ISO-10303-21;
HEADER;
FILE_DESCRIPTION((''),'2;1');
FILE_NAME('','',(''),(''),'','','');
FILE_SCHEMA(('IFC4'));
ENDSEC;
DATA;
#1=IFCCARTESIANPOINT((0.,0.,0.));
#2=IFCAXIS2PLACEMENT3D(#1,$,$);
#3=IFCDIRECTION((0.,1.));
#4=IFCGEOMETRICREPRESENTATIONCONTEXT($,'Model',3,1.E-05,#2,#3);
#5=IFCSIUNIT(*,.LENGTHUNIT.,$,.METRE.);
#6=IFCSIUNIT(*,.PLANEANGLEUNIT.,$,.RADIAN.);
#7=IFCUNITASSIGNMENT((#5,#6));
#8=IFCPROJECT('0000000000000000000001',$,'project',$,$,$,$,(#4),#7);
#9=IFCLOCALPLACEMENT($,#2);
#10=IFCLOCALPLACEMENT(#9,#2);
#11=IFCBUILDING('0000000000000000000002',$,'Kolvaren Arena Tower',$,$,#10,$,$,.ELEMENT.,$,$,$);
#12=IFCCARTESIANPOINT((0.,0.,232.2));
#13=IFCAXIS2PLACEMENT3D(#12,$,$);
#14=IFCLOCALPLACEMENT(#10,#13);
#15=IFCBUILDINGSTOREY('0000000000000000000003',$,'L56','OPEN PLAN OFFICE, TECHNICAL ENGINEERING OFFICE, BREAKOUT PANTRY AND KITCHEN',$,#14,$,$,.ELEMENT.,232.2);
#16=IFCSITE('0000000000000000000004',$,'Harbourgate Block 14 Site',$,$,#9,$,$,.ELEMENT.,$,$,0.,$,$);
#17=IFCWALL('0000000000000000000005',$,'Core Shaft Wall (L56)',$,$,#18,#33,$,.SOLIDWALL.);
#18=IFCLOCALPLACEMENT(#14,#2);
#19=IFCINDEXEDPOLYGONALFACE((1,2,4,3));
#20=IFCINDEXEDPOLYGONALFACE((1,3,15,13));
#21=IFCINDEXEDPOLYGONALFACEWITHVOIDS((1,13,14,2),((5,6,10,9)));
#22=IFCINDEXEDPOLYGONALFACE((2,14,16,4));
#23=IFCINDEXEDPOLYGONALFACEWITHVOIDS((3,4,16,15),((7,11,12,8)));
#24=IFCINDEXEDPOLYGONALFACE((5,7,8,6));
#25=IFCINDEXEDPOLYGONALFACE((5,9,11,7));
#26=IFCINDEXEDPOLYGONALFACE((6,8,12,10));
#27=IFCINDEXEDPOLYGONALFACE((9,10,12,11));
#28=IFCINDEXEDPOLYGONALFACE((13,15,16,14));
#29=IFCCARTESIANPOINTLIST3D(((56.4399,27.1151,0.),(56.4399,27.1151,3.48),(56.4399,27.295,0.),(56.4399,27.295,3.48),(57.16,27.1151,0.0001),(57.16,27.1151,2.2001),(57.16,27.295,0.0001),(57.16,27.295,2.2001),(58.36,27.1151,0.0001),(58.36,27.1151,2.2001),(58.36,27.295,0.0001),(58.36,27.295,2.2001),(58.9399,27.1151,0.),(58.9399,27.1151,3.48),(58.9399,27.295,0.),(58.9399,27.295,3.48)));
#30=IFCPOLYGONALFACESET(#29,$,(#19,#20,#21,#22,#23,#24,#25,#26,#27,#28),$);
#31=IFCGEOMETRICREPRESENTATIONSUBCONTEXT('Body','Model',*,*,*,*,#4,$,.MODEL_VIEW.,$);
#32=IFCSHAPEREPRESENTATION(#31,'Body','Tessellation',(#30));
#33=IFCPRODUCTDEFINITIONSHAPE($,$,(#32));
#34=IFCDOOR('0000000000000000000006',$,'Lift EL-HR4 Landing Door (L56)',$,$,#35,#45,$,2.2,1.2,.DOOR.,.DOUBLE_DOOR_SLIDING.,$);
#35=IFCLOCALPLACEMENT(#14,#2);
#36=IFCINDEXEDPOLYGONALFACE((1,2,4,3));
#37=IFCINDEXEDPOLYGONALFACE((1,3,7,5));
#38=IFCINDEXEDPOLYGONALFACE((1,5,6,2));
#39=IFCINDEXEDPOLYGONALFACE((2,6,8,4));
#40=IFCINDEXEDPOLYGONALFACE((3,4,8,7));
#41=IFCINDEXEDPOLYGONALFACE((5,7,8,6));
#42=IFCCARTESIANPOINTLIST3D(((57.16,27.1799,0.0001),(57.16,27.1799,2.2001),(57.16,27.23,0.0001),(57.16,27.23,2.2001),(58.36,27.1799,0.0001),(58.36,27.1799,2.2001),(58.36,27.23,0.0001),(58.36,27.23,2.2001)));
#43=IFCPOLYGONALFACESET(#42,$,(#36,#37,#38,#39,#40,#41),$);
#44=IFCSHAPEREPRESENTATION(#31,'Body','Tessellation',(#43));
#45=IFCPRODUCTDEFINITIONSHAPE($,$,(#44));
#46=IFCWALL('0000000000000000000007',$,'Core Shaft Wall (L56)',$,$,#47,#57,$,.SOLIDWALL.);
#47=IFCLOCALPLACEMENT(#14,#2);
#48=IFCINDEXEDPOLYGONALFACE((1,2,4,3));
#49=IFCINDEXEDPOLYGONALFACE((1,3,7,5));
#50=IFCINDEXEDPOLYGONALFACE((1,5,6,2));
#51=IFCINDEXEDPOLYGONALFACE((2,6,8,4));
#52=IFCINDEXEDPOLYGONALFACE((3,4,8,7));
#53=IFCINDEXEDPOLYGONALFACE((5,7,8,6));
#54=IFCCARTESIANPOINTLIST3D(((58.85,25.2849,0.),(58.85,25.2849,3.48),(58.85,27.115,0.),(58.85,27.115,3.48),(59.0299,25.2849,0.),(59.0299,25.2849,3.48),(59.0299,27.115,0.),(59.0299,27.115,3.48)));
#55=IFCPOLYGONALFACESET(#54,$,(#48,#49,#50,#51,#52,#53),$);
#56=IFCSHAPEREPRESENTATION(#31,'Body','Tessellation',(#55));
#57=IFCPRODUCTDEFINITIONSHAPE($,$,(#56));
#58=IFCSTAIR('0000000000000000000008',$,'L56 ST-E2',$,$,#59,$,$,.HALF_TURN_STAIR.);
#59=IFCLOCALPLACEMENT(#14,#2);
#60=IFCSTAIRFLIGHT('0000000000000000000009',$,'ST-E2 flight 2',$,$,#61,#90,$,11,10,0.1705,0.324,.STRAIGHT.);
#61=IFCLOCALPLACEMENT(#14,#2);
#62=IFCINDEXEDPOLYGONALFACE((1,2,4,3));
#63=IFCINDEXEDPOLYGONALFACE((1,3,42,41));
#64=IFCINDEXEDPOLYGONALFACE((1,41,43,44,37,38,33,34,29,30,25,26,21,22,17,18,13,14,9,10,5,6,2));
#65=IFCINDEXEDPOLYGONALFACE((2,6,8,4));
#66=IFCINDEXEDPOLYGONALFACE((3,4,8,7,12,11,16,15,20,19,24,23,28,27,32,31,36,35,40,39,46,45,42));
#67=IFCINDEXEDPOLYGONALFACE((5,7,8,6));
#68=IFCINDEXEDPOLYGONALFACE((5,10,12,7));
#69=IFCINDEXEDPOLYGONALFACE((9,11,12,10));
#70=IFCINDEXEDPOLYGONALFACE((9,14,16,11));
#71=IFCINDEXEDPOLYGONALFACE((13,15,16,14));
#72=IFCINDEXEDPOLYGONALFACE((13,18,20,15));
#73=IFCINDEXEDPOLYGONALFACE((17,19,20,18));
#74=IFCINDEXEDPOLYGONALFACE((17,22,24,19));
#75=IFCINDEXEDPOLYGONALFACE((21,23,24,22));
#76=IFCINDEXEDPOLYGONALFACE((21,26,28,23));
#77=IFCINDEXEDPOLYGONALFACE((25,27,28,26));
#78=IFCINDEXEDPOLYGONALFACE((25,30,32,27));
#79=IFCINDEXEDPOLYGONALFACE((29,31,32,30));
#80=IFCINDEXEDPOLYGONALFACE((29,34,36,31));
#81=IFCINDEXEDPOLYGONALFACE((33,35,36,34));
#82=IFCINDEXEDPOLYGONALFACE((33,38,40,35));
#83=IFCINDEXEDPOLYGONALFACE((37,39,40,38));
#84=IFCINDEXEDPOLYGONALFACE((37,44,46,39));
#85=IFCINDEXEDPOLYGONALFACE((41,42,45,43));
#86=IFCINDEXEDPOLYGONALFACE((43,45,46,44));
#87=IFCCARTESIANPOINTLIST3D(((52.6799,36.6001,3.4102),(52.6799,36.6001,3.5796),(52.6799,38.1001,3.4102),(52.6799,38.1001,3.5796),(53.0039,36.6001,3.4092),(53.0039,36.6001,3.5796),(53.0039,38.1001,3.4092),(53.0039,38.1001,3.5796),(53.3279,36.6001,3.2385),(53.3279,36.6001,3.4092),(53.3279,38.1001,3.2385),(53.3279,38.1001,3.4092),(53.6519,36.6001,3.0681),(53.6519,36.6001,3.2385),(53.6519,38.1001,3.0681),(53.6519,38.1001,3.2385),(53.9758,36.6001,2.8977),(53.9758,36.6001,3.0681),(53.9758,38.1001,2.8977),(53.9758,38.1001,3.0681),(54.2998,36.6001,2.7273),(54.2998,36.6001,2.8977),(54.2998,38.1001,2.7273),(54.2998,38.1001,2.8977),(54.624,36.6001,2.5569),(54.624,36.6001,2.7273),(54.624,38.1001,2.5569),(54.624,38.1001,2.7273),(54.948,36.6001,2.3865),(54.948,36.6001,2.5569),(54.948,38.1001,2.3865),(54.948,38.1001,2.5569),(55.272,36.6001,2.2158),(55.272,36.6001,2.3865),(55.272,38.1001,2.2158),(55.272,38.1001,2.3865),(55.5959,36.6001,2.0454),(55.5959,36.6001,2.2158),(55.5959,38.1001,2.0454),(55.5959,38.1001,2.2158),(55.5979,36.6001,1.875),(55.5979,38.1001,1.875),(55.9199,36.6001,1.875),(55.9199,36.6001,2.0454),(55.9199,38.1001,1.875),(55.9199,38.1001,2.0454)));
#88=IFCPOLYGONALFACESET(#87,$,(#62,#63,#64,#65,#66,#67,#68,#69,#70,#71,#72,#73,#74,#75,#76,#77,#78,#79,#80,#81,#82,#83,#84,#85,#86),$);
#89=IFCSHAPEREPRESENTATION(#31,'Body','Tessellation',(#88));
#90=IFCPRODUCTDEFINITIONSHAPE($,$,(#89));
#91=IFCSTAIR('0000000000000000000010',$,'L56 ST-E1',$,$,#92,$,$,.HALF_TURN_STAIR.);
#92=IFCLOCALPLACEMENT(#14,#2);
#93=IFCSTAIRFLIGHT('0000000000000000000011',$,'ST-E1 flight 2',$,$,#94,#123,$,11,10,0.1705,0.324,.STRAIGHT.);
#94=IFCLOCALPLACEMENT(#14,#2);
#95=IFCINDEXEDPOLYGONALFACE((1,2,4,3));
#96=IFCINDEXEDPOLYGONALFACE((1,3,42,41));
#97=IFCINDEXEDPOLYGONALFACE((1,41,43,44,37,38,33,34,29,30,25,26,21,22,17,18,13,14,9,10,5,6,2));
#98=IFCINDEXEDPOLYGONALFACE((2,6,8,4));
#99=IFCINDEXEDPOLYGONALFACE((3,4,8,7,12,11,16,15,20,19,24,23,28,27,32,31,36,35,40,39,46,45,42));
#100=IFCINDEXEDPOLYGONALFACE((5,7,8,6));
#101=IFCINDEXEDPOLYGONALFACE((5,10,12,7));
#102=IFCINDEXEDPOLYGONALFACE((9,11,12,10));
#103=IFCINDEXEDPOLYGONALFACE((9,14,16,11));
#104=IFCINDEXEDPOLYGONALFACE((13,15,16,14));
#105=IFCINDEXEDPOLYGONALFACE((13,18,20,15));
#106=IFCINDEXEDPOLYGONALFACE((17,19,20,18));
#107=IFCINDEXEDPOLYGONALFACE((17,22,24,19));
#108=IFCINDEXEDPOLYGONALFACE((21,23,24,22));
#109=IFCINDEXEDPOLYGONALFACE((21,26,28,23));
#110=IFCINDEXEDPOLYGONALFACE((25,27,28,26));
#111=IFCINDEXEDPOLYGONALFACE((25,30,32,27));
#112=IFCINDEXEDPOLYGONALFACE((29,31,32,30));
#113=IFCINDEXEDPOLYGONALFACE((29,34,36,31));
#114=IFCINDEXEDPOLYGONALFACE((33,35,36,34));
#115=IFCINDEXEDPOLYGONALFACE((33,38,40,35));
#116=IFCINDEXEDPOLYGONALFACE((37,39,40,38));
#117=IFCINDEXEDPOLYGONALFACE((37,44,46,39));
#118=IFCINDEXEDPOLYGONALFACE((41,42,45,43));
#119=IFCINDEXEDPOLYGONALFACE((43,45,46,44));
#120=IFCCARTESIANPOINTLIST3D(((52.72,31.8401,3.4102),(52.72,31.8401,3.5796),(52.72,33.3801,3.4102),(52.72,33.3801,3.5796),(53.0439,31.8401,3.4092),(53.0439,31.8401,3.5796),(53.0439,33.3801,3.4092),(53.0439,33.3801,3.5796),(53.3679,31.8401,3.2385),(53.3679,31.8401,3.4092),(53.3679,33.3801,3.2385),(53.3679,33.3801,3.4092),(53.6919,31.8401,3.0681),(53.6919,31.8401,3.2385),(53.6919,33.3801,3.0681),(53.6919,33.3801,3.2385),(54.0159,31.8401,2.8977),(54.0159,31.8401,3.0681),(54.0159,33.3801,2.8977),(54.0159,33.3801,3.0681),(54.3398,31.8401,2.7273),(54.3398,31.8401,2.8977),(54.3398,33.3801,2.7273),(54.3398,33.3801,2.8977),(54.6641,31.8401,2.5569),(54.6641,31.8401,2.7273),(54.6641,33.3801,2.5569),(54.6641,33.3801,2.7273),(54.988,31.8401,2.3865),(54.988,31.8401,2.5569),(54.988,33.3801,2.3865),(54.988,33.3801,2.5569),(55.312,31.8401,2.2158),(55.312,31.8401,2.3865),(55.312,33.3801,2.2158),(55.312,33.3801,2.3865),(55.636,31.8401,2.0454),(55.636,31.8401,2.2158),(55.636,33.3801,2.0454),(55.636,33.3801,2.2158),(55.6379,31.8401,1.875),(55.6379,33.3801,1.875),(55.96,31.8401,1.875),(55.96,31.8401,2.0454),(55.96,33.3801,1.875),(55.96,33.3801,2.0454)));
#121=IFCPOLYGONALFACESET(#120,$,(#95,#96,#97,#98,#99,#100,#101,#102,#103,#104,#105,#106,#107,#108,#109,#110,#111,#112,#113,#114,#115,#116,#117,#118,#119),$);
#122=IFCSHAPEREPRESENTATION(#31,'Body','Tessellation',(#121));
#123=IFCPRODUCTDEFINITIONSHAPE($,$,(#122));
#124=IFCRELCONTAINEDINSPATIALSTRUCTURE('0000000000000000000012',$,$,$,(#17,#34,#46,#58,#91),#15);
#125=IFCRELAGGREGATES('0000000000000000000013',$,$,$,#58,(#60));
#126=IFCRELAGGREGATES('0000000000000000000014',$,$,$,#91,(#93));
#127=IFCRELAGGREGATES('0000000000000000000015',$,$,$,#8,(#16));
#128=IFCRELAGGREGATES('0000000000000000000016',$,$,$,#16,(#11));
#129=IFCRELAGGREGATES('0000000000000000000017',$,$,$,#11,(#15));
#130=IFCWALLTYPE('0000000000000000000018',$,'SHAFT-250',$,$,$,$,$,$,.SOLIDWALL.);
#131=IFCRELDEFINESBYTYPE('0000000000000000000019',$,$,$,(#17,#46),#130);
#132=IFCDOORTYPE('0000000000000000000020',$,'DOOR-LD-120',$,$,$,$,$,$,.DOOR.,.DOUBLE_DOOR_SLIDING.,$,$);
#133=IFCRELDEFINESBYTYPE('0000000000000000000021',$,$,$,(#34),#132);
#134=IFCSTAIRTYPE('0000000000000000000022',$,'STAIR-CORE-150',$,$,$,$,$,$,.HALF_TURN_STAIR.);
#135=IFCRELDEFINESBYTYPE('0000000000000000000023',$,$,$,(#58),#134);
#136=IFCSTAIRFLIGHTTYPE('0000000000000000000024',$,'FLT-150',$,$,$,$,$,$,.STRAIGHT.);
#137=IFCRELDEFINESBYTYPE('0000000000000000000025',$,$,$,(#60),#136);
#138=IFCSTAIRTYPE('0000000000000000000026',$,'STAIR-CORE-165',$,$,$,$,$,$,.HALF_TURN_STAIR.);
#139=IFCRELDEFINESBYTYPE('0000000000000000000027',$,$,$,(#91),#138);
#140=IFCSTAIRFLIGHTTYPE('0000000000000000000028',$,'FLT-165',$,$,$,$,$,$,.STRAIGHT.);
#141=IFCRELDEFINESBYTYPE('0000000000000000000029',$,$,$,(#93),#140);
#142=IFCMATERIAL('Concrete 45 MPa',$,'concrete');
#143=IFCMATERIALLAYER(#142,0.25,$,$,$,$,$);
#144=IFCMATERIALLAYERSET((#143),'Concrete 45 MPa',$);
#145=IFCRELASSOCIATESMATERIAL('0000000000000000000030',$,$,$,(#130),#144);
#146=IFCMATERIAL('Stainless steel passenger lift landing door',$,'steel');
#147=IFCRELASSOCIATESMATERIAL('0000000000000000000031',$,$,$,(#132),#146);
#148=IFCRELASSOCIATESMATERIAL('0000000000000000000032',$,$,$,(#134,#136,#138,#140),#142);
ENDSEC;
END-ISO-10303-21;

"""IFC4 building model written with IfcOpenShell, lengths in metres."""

from ifc_helpers import new_model, si_unit, direction, frame, frame_2d, origin, place, context, subcontext, project, spatial, polyline, rectangle, outline, extrude, material, layer, layer_set, type_object, element, fill, aggregate, save


model = new_model("IFC4")

# Units and contexts
model_context = context("Model", 3, precision=1e-05, world=origin(), true_north=direction((0.0, 1.0)))
body_context = subcontext(model_context, "Body", "Model", "MODEL_VIEW")
ifc_project = project(units=[si_unit("LENGTHUNIT", "METRE"), si_unit("PLANEANGLEUNIT", "RADIAN")], contexts=[model_context])

# Site, building, storey
site_placement = place(None, origin())
site = spatial("IfcSite", under=ifc_project, at=site_placement, Name="Harbourgate Block 14 Site", CompositionType="ELEMENT", RefElevation=0.0)
building_placement = place(site_placement, origin())
building = spatial("IfcBuilding", under=site, at=building_placement, Name="Kolvaren Arena Tower", CompositionType="ELEMENT")
storey_placement = place(building_placement, frame((0.0, 0.0, 232.2)))
storey = spatial("IfcBuildingStorey", under=building, at=storey_placement, Name="L56", Description="OPEN PLAN OFFICE, TECHNICAL ENGINEERING OFFICE, BREAKOUT PANTRY AND KITCHEN", CompositionType="ELEMENT", Elevation=232.2)

# Shared definitions
ifc_material_1 = material(Name="Concrete 45 MPa", Category="concrete")
ifc_layer = layer(ifc_material_1, 0.25)
ifc_layer_set = layer_set([ifc_layer], Name="Concrete 45 MPa")
wall_type = type_object("IfcWallType", Name="SHAFT-250", PredefinedType="SOLIDWALL", material=ifc_layer_set)

# Wall, opening, door
wall_1_placement = place(storey_placement, frame((56.4399, 27.2051, 0.0), z_axis=(0.0, 0.0, 1.0), x_axis=(1.0, 0.0, 0.0)))
wall_1 = element("IfcWall", 1, at=wall_1_placement, inside=storey, type_object=wall_type, Name="Core Shaft Wall (L56)", PredefinedType="SOLIDWALL", context=body_context, shape_type="SweptSolid", body=[
    extrude(rectangle(XDim=2.5, YDim=0.1799, at=frame_2d((1.25, 0.0))), origin(), (0.0, 0.0, 1.0), 3.48),
])
opening_1_placement = place(wall_1_placement, frame((0.72, 0.0, 0.0)))
opening_1 = element("IfcOpeningElement", 2, at=opening_1_placement, cuts=wall_1, PredefinedType="OPENING", context=body_context, shape_type="SweptSolid", body=[
    extrude(rectangle(XDim=1.2, YDim=2.2, at=frame_2d((0.6001, 1.1001))), frame((0.0, 0.0999, 0.0), z_axis=(0.0, -1.0, 0.0), x_axis=(1.0, 0.0, 0.0)), (0.0, 0.0, 1.0), 0.2),
])
ifc_material_2 = material(Name="Stainless steel passenger lift landing door", Category="steel")
door_type_1 = type_object("IfcDoorType", Name="DOOR-LD-120", OperationType="DOUBLE_DOOR_SLIDING", PredefinedType="DOOR", material=ifc_material_2)
door_1_placement = place(opening_1_placement, origin())
door_1 = element("IfcDoor", 3, at=door_1_placement, inside=storey, type_object=door_type_1, Name="Lift EL-HR4 Landing Door (L56)", OperationType="DOUBLE_DOOR_SLIDING", OverallHeight=2.2, OverallWidth=1.2, PredefinedType="DOOR", context=body_context, shape_type="SweptSolid", body=[
    extrude(rectangle(XDim=1.2, YDim=2.2, at=frame_2d((0.6001, 1.1001))), frame((0.0, 0.0249, 0.0), z_axis=(0.0, -1.0, 0.0), x_axis=(1.0, 0.0, 0.0)), (0.0, 0.0, 1.0), 0.05),
])
fill(opening_1, door_1)

# Wall
wall_2_placement = place(storey_placement, frame((58.9399, 25.2849, 0.0), z_axis=(0.0, 0.0, 1.0), x_axis=(0.0, 1.0, 0.0)))
element("IfcWall", 4, at=wall_2_placement, inside=storey, type_object=wall_type, Name="Core Shaft Wall (L56)", PredefinedType="SOLIDWALL", context=body_context, shape_type="SweptSolid", body=[
    extrude(rectangle(XDim=1.8301, YDim=0.1799, at=frame_2d((0.915, 0.0))), origin(), (0.0, 0.0, 1.0), 3.48),
])

# Stairs, stair flights
stair_type_1 = type_object("IfcStairType", Name="STAIR-CORE-150", PredefinedType="HALF_TURN_STAIR", material=ifc_material_1)
stair_1_placement = place(storey_placement, origin())
stair_1 = element("IfcStair", 5, at=stair_1_placement, inside=storey, type_object=stair_type_1, Name="L56 ST-E2", PredefinedType="HALF_TURN_STAIR")
stair_flight_type_1 = type_object("IfcStairFlightType", Name="FLT-150", PredefinedType="STRAIGHT", material=ifc_material_1)
stair_flight_1_placement = place(storey_placement, frame((55.9199, 37.3501, 1.875), z_axis=(0.0, 0.0, 1.0), x_axis=(-1.0, 0.0, 0.0)))
stair_flight_1 = element("IfcStairFlight", 6, at=stair_flight_1_placement, type_object=stair_flight_type_1, Name="ST-E2 flight 2", NumberOfRisers=11, NumberOfTreads=10, PredefinedType="STRAIGHT", RiserHeight=0.1705, TreadLength=0.324, context=body_context, shape_type="SweptSolid", body=[
    extrude(outline(polyline([(0.0, 0.0), (0.0, 0.1704), (0.324, 0.1704), (0.324, 0.3408), (0.6479, 0.3408), (0.6479, 0.5115), (0.9719, 0.5115), (0.9719, 0.6819), (1.2959, 0.6819), (1.2959, 0.8523), (1.6201, 0.8523), (1.6201, 1.0227), (1.9441, 1.0227), (1.9441, 1.1931), (2.2681, 1.1931), (2.2681, 1.3635), (2.592, 1.3635), (2.592, 1.5342), (2.916, 1.5342), (2.916, 1.7046), (3.24, 1.7046), (3.24, 1.875), (3.24, 1.5352), (0.322, 0.0), (0.0, 0.0)])), frame((0.0, 0.75, 0.0), z_axis=(0.0, -1.0, 0.0), x_axis=(1.0, 0.0, 0.0)), (0.0, 0.0, 1.0), 1.5),
])
aggregate(stair_1, [stair_flight_1])
stair_type_2 = type_object("IfcStairType", Name="STAIR-CORE-165", PredefinedType="HALF_TURN_STAIR", material=ifc_material_1)
stair_2_placement = place(storey_placement, origin())
stair_2 = element("IfcStair", 7, at=stair_2_placement, inside=storey, type_object=stair_type_2, Name="L56 ST-E1", PredefinedType="HALF_TURN_STAIR")
stair_flight_type_2 = type_object("IfcStairFlightType", Name="FLT-165", PredefinedType="STRAIGHT", material=ifc_material_1)
stair_flight_2_placement = place(storey_placement, frame((55.96, 32.6101, 1.875), z_axis=(0.0, 0.0, 1.0), x_axis=(-1.0, 0.0, 0.0)))
stair_flight_2 = element("IfcStairFlight", 8, at=stair_flight_2_placement, type_object=stair_flight_type_2, Name="ST-E1 flight 2", NumberOfRisers=11, NumberOfTreads=10, PredefinedType="STRAIGHT", RiserHeight=0.1705, TreadLength=0.324, context=body_context, shape_type="SweptSolid", body=[
    extrude(outline(polyline([(0.0, 0.0), (0.0, 0.1704), (0.324, 0.1704), (0.324, 0.3408), (0.6479, 0.3408), (0.6479, 0.5115), (0.9719, 0.5115), (0.9719, 0.6819), (1.2959, 0.6819), (1.2959, 0.8523), (1.6201, 0.8523), (1.6201, 1.0227), (1.9441, 1.0227), (1.9441, 1.1931), (2.2681, 1.1931), (2.2681, 1.3635), (2.592, 1.3635), (2.592, 1.5342), (2.916, 1.5342), (2.916, 1.7046), (3.24, 1.7046), (3.24, 1.875), (3.24, 1.5352), (0.322, 0.0), (0.0, 0.0)])), frame((0.0, 0.77, 0.0), z_axis=(0.0, -1.0, 0.0), x_axis=(1.0, 0.0, 0.0)), (0.0, 0.0, 1.0), 1.54),
])
aggregate(stair_2, [stair_flight_2])

save(model, "model.ifc")
